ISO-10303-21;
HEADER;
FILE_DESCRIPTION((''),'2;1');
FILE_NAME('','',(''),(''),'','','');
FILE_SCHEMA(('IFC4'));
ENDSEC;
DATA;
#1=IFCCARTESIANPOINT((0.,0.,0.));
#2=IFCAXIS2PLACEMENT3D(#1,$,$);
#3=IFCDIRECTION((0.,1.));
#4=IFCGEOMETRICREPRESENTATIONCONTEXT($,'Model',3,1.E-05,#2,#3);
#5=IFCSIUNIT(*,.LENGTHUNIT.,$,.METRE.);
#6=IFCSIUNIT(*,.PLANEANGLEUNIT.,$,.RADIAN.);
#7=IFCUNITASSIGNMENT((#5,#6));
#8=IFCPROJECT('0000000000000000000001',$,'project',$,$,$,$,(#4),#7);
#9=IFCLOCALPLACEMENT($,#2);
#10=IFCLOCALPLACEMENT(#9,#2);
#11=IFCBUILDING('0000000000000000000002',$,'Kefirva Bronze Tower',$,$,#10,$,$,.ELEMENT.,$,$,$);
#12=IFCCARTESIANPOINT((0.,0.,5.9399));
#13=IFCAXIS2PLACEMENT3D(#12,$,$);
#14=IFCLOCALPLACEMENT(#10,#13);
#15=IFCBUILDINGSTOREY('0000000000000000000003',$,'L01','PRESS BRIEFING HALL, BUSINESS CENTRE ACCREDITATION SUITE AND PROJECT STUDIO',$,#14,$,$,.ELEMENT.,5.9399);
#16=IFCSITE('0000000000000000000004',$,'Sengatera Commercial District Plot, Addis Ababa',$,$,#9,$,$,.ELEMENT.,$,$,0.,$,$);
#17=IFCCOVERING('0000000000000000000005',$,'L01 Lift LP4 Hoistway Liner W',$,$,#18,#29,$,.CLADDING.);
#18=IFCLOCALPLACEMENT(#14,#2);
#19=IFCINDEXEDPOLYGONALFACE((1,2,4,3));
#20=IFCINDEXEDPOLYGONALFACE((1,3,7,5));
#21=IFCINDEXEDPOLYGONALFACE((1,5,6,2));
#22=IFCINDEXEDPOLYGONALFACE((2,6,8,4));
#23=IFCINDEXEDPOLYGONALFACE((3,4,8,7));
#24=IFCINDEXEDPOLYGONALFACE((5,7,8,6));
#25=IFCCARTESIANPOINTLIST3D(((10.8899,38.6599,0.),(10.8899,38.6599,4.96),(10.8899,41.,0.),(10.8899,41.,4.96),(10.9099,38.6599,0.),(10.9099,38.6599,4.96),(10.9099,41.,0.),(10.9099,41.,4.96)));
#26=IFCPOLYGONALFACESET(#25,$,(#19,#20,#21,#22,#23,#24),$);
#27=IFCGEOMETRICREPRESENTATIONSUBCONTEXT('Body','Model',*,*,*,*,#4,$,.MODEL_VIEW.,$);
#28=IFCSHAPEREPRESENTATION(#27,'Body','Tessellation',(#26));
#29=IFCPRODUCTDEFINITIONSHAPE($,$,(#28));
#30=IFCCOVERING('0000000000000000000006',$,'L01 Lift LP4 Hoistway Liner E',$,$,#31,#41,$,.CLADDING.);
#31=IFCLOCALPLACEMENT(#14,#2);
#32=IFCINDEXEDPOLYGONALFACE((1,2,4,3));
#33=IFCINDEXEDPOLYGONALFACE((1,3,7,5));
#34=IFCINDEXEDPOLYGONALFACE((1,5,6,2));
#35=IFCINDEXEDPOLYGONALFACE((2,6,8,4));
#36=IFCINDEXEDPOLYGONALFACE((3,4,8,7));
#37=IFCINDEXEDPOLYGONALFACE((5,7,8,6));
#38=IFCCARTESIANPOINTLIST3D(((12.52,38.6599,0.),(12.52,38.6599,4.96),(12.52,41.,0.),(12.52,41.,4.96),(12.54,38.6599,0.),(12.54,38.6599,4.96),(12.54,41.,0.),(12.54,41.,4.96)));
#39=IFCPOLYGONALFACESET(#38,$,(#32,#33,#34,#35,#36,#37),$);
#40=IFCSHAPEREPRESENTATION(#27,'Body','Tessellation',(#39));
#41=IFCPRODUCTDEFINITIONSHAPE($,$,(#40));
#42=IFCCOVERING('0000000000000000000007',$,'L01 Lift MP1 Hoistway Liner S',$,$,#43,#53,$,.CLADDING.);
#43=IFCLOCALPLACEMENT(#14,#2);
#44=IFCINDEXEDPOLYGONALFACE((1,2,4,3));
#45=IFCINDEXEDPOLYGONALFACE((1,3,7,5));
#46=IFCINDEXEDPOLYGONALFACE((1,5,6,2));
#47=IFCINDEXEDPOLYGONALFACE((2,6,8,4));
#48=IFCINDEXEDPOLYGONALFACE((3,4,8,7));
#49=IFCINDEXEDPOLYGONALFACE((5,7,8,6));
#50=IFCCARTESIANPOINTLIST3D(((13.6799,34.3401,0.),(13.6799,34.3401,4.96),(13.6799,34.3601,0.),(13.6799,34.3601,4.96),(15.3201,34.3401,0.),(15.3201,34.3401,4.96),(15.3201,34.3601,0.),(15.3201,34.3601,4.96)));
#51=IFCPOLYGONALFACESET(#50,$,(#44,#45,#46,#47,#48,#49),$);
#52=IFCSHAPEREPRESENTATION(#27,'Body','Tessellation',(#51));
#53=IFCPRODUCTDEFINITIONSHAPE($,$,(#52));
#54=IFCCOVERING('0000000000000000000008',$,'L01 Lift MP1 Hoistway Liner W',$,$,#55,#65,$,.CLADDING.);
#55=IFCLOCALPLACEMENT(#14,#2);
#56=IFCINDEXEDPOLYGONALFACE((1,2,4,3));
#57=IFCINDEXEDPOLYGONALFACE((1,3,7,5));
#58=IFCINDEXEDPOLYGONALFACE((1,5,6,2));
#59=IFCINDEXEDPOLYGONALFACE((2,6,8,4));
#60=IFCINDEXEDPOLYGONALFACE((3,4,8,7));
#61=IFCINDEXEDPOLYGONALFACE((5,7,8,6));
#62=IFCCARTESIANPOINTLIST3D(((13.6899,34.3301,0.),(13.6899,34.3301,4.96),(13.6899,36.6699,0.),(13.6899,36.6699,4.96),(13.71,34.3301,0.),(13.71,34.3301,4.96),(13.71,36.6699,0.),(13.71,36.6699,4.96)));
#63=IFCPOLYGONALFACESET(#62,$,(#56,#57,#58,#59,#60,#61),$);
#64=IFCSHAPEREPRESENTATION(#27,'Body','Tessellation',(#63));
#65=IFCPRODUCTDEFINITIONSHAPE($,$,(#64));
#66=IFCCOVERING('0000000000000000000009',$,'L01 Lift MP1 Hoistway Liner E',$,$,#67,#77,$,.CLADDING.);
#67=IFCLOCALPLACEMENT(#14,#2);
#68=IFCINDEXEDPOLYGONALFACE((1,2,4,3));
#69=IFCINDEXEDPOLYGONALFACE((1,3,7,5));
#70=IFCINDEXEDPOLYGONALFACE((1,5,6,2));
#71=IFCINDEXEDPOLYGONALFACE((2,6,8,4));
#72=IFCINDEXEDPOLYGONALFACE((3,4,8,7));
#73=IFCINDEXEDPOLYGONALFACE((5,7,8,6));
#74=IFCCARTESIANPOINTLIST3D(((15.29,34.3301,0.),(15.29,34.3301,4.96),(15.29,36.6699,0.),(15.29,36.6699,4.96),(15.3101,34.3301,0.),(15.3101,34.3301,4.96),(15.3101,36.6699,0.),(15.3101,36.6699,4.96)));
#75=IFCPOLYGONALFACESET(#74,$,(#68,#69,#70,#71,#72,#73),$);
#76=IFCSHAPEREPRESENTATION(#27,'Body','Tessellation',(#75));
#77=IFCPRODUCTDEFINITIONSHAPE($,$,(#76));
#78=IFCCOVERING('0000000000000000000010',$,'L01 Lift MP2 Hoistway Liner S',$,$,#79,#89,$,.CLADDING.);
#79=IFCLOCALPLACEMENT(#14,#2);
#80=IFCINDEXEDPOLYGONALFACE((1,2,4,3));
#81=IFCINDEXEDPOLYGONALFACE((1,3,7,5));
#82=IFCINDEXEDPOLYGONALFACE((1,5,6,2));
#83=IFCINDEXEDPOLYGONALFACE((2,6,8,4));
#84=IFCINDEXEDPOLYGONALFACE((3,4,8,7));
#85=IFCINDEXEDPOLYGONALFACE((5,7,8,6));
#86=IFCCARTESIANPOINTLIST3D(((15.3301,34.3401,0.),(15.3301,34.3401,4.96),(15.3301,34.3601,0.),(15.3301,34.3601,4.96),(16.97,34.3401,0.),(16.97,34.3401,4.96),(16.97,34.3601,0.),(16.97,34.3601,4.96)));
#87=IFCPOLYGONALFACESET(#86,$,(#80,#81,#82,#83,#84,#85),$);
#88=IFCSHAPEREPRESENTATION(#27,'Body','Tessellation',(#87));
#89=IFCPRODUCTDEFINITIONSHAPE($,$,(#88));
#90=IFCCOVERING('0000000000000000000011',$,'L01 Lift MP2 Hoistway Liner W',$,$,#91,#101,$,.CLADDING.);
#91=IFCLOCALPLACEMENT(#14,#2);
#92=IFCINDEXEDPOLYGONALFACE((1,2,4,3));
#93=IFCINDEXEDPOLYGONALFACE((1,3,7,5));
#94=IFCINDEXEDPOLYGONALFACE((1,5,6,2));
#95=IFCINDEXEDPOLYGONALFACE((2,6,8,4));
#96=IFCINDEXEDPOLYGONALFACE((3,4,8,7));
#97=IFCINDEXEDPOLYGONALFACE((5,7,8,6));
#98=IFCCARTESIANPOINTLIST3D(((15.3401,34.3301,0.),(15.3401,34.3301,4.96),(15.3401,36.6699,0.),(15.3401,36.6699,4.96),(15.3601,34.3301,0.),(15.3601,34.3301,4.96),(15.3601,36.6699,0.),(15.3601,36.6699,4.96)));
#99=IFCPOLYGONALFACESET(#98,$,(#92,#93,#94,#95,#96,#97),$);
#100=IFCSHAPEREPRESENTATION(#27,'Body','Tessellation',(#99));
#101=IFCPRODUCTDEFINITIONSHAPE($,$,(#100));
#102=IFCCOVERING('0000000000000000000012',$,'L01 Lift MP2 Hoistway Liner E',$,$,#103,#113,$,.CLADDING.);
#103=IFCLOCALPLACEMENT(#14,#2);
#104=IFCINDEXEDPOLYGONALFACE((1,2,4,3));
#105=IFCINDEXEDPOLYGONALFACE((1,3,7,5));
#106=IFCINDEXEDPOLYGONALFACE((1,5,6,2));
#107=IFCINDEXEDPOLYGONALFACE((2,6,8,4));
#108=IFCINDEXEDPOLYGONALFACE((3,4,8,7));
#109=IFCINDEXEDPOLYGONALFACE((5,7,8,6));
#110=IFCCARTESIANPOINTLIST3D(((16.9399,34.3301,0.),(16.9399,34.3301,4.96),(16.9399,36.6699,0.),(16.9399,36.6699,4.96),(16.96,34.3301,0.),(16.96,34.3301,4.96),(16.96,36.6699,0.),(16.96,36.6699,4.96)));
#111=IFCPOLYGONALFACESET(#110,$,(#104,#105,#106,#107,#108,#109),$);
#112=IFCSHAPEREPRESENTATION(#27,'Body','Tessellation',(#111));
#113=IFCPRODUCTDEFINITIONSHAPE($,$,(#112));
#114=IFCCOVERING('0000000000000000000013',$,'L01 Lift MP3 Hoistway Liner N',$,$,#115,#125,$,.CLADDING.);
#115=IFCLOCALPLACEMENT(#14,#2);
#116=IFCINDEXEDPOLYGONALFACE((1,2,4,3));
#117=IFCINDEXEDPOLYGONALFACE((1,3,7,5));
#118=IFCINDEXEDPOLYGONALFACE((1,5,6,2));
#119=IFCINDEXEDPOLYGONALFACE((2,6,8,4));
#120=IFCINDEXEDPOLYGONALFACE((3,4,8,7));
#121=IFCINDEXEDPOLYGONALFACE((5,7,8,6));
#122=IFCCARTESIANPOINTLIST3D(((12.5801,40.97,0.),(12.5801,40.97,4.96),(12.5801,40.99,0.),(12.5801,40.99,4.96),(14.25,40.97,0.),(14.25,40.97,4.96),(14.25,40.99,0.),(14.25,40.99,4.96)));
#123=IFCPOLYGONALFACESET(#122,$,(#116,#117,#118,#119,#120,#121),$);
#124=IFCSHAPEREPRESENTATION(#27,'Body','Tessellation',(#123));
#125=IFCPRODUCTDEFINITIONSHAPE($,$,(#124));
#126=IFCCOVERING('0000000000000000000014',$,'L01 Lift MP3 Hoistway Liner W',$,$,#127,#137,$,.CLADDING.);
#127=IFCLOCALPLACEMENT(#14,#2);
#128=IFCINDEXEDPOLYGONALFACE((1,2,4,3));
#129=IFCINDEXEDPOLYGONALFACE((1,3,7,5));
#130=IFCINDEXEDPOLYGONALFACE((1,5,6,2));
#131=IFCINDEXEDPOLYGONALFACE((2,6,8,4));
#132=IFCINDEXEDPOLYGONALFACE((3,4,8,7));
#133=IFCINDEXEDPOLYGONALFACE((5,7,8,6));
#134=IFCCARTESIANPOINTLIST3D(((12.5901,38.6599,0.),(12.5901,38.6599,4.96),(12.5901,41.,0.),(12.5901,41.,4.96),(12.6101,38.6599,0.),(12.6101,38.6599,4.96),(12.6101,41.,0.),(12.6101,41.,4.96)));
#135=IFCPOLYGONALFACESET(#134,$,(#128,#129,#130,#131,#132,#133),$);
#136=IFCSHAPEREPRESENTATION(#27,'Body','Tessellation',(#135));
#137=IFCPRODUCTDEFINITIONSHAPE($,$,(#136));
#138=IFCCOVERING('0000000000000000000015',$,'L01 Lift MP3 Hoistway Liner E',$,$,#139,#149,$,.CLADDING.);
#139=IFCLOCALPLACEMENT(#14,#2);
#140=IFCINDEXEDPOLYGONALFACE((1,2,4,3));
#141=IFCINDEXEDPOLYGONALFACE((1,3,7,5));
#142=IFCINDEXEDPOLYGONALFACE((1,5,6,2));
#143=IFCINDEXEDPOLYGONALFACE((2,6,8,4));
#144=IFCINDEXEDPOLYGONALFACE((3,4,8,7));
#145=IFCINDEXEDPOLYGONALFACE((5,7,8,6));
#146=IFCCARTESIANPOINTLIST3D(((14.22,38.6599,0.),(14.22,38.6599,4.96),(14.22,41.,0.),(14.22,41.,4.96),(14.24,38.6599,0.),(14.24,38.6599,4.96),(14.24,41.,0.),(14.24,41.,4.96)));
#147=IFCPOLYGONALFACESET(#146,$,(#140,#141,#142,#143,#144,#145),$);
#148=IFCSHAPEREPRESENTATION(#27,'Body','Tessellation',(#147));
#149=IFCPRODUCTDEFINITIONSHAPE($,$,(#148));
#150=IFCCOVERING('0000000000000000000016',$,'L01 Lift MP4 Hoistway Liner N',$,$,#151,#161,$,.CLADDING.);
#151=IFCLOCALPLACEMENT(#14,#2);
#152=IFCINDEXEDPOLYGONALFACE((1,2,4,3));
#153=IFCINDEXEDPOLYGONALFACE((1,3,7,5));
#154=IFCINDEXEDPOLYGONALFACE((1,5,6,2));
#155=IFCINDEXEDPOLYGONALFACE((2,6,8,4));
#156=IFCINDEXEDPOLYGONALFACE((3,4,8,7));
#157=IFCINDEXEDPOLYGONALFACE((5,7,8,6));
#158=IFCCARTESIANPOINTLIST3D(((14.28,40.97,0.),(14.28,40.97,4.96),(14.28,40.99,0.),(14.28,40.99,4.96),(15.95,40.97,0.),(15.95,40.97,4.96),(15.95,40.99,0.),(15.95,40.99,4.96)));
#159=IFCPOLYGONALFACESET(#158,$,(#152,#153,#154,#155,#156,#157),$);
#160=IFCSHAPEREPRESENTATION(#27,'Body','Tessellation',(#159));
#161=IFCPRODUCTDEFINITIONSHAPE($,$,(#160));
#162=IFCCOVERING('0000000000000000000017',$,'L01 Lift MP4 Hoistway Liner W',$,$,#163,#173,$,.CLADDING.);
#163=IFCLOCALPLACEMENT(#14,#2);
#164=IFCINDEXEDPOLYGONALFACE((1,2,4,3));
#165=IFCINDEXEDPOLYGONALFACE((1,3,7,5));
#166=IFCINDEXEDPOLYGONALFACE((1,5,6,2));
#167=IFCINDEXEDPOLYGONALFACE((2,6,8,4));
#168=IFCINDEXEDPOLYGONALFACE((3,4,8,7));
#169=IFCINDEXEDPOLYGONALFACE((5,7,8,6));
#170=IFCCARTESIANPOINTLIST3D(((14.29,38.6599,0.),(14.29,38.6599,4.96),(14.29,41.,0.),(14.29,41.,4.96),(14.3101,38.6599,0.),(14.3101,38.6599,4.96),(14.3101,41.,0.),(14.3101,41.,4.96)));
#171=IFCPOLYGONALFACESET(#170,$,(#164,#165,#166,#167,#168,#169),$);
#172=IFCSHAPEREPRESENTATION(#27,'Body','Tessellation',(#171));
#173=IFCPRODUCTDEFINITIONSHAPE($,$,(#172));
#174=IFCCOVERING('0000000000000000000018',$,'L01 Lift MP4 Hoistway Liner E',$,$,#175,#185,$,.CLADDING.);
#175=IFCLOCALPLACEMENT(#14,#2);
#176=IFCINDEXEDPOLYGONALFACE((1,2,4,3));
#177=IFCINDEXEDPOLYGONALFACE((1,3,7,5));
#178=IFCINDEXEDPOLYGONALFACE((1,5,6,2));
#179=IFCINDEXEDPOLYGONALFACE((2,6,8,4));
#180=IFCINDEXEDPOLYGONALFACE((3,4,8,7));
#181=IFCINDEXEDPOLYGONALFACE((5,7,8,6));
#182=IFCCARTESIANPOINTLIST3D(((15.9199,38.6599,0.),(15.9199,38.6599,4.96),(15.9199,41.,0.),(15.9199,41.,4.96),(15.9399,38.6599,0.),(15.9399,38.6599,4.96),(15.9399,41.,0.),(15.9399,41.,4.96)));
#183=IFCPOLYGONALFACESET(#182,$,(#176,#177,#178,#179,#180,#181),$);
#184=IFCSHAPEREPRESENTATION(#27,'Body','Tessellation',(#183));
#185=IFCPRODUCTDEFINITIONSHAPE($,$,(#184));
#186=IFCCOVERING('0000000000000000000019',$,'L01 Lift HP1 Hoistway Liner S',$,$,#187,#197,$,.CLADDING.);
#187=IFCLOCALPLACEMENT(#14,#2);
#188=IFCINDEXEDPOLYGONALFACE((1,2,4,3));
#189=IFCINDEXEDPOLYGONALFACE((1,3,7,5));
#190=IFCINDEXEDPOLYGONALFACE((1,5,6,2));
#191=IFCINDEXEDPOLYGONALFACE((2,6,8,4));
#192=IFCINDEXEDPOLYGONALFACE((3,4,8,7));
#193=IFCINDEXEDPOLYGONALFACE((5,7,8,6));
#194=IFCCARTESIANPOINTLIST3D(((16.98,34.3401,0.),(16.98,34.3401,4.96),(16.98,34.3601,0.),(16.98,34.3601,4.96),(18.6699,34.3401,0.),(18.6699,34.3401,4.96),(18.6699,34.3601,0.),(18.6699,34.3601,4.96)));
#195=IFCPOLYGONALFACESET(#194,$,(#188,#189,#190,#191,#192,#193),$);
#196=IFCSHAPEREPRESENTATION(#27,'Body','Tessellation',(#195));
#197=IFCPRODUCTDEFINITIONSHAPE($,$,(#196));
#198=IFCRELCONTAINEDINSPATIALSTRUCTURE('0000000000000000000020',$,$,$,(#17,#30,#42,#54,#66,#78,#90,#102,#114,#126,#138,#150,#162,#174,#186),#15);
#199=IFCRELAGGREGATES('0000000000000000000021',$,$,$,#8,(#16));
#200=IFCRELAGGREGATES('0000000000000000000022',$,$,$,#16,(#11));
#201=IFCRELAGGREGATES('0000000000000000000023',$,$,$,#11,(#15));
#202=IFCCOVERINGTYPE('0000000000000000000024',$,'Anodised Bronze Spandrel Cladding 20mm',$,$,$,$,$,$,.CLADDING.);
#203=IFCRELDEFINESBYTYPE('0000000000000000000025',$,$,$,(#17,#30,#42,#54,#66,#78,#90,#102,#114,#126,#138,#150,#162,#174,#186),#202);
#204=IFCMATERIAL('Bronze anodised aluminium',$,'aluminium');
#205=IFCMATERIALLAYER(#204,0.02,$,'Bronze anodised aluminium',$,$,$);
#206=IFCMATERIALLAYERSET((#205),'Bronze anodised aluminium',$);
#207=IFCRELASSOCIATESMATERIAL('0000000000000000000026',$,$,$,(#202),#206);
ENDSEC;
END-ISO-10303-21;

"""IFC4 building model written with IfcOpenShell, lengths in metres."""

from ifc_helpers import new_model, si_unit, direction, frame, origin, place, context, subcontext, project, spatial, polyline, outline, extrude, material, layer, layer_set, type_object, element, save


model = new_model("IFC4")

# Units and contexts
model_context = context("Model", 3, precision=1e-05, world=origin(), true_north=direction((0.0, 1.0)))
body_context = subcontext(model_context, "Body", "Model", "MODEL_VIEW")
ifc_project = project(units=[si_unit("LENGTHUNIT", "METRE"), si_unit("PLANEANGLEUNIT", "RADIAN")], contexts=[model_context])

# Site, building, storey
site_placement = place(None, origin())
site = spatial("IfcSite", under=ifc_project, at=site_placement, Name="Sengatera Commercial District Plot, Addis Ababa", CompositionType="ELEMENT", RefElevation=0.0)
building_placement = place(site_placement, origin())
building = spatial("IfcBuilding", under=site, at=building_placement, Name="Kefirva Bronze Tower", CompositionType="ELEMENT")
storey_placement = place(building_placement, frame((0.0, 0.0, 5.9399)))
storey = spatial("IfcBuildingStorey", under=building, at=storey_placement, Name="L01", Description="PRESS BRIEFING HALL, BUSINESS CENTRE ACCREDITATION SUITE AND PROJECT STUDIO", CompositionType="ELEMENT", Elevation=5.9399)

# Coverings
ifc_material = material(Name="Bronze anodised aluminium", Category="aluminium")
ifc_layer = layer(ifc_material, 0.02, Name="Bronze anodised aluminium")
ifc_layer_set = layer_set([ifc_layer], Name="Bronze anodised aluminium")
covering_type = type_object("IfcCoveringType", Name="Anodised Bronze Spandrel Cladding 20mm", PredefinedType="CLADDING", material=ifc_layer_set)
covering_1_placement = place(storey_placement, origin())
element("IfcCovering", 1, at=covering_1_placement, inside=storey, type_object=covering_type, Name="L01 Lift LP4 Hoistway Liner W", PredefinedType="CLADDING", context=body_context, shape_type="SweptSolid", body=[
    extrude(outline(polyline([(10.8899, 38.6599), (10.9099, 38.6599), (10.9099, 41.0), (10.8899, 41.0), (10.8899, 38.6599)])), origin(), (0.0, 0.0, 1.0), 4.96),
])
covering_2_placement = place(storey_placement, origin())
element("IfcCovering", 2, at=covering_2_placement, inside=storey, type_object=covering_type, Name="L01 Lift LP4 Hoistway Liner E", PredefinedType="CLADDING", context=body_context, shape_type="SweptSolid", body=[
    extrude(outline(polyline([(12.52, 38.6599), (12.54, 38.6599), (12.54, 41.0), (12.52, 41.0), (12.52, 38.6599)])), origin(), (0.0, 0.0, 1.0), 4.96),
])
covering_3_placement = place(storey_placement, origin())
element("IfcCovering", 3, at=covering_3_placement, inside=storey, type_object=covering_type, Name="L01 Lift MP1 Hoistway Liner S", PredefinedType="CLADDING", context=body_context, shape_type="SweptSolid", body=[
    extrude(outline(polyline([(13.6799, 34.3401), (15.3201, 34.3401), (15.3201, 34.3601), (13.6799, 34.3601), (13.6799, 34.3401)])), origin(), (0.0, 0.0, 1.0), 4.96),
])
covering_4_placement = place(storey_placement, origin())
element("IfcCovering", 4, at=covering_4_placement, inside=storey, type_object=covering_type, Name="L01 Lift MP1 Hoistway Liner W", PredefinedType="CLADDING", context=body_context, shape_type="SweptSolid", body=[
    extrude(outline(polyline([(13.6899, 34.3301), (13.71, 34.3301), (13.71, 36.6699), (13.6899, 36.6699), (13.6899, 34.3301)])), origin(), (0.0, 0.0, 1.0), 4.96),
])
covering_5_placement = place(storey_placement, origin())
element("IfcCovering", 5, at=covering_5_placement, inside=storey, type_object=covering_type, Name="L01 Lift MP1 Hoistway Liner E", PredefinedType="CLADDING", context=body_context, shape_type="SweptSolid", body=[
    extrude(outline(polyline([(15.29, 34.3301), (15.3101, 34.3301), (15.3101, 36.6699), (15.29, 36.6699), (15.29, 34.3301)])), origin(), (0.0, 0.0, 1.0), 4.96),
])
covering_6_placement = place(storey_placement, origin())
element("IfcCovering", 6, at=covering_6_placement, inside=storey, type_object=covering_type, Name="L01 Lift MP2 Hoistway Liner S", PredefinedType="CLADDING", context=body_context, shape_type="SweptSolid", body=[
    extrude(outline(polyline([(15.3301, 34.3401), (16.97, 34.3401), (16.97, 34.3601), (15.3301, 34.3601), (15.3301, 34.3401)])), origin(), (0.0, 0.0, 1.0), 4.96),
])
covering_7_placement = place(storey_placement, origin())
element("IfcCovering", 7, at=covering_7_placement, inside=storey, type_object=covering_type, Name="L01 Lift MP2 Hoistway Liner W", PredefinedType="CLADDING", context=body_context, shape_type="SweptSolid", body=[
    extrude(outline(polyline([(15.3401, 34.3301), (15.3601, 34.3301), (15.3601, 36.6699), (15.3401, 36.6699), (15.3401, 34.3301)])), origin(), (0.0, 0.0, 1.0), 4.96),
])
covering_8_placement = place(storey_placement, origin())
element("IfcCovering", 8, at=covering_8_placement, inside=storey, type_object=covering_type, Name="L01 Lift MP2 Hoistway Liner E", PredefinedType="CLADDING", context=body_context, shape_type="SweptSolid", body=[
    extrude(outline(polyline([(16.9399, 34.3301), (16.96, 34.3301), (16.96, 36.6699), (16.9399, 36.6699), (16.9399, 34.3301)])), origin(), (0.0, 0.0, 1.0), 4.96),
])
covering_9_placement = place(storey_placement, origin())
element("IfcCovering", 9, at=covering_9_placement, inside=storey, type_object=covering_type, Name="L01 Lift MP3 Hoistway Liner N", PredefinedType="CLADDING", context=body_context, shape_type="SweptSolid", body=[
    extrude(outline(polyline([(12.5801, 40.97), (14.25, 40.97), (14.25, 40.99), (12.5801, 40.99), (12.5801, 40.97)])), origin(), (0.0, 0.0, 1.0), 4.96),
])
covering_10_placement = place(storey_placement, origin())
element("IfcCovering", 10, at=covering_10_placement, inside=storey, type_object=covering_type, Name="L01 Lift MP3 Hoistway Liner W", PredefinedType="CLADDING", context=body_context, shape_type="SweptSolid", body=[
    extrude(outline(polyline([(12.5901, 38.6599), (12.6101, 38.6599), (12.6101, 41.0), (12.5901, 41.0), (12.5901, 38.6599)])), origin(), (0.0, 0.0, 1.0), 4.96),
])
covering_11_placement = place(storey_placement, origin())
element("IfcCovering", 11, at=covering_11_placement, inside=storey, type_object=covering_type, Name="L01 Lift MP3 Hoistway Liner E", PredefinedType="CLADDING", context=body_context, shape_type="SweptSolid", body=[
    extrude(outline(polyline([(14.22, 38.6599), (14.24, 38.6599), (14.24, 41.0), (14.22, 41.0), (14.22, 38.6599)])), origin(), (0.0, 0.0, 1.0), 4.96),
])
covering_12_placement = place(storey_placement, origin())
element("IfcCovering", 12, at=covering_12_placement, inside=storey, type_object=covering_type, Name="L01 Lift MP4 Hoistway Liner N", PredefinedType="CLADDING", context=body_context, shape_type="SweptSolid", body=[
    extrude(outline(polyline([(14.28, 40.97), (15.95, 40.97), (15.95, 40.99), (14.28, 40.99), (14.28, 40.97)])), origin(), (0.0, 0.0, 1.0), 4.96),
])
covering_13_placement = place(storey_placement, origin())
element("IfcCovering", 13, at=covering_13_placement, inside=storey, type_object=covering_type, Name="L01 Lift MP4 Hoistway Liner W", PredefinedType="CLADDING", context=body_context, shape_type="SweptSolid", body=[
    extrude(outline(polyline([(14.29, 38.6599), (14.3101, 38.6599), (14.3101, 41.0), (14.29, 41.0), (14.29, 38.6599)])), origin(), (0.0, 0.0, 1.0), 4.96),
])
covering_14_placement = place(storey_placement, origin())
element("IfcCovering", 14, at=covering_14_placement, inside=storey, type_object=covering_type, Name="L01 Lift MP4 Hoistway Liner E", PredefinedType="CLADDING", context=body_context, shape_type="SweptSolid", body=[
    extrude(outline(polyline([(15.9199, 38.6599), (15.9399, 38.6599), (15.9399, 41.0), (15.9199, 41.0), (15.9199, 38.6599)])), origin(), (0.0, 0.0, 1.0), 4.96),
])
covering_15_placement = place(storey_placement, origin())
element("IfcCovering", 15, at=covering_15_placement, inside=storey, type_object=covering_type, Name="L01 Lift HP1 Hoistway Liner S", PredefinedType="CLADDING", context=body_context, shape_type="SweptSolid", body=[
    extrude(outline(polyline([(16.98, 34.3401), (18.6699, 34.3401), (18.6699, 34.3601), (16.98, 34.3601), (16.98, 34.3401)])), origin(), (0.0, 0.0, 1.0), 4.96),
])

save(model, "model.ifc")
